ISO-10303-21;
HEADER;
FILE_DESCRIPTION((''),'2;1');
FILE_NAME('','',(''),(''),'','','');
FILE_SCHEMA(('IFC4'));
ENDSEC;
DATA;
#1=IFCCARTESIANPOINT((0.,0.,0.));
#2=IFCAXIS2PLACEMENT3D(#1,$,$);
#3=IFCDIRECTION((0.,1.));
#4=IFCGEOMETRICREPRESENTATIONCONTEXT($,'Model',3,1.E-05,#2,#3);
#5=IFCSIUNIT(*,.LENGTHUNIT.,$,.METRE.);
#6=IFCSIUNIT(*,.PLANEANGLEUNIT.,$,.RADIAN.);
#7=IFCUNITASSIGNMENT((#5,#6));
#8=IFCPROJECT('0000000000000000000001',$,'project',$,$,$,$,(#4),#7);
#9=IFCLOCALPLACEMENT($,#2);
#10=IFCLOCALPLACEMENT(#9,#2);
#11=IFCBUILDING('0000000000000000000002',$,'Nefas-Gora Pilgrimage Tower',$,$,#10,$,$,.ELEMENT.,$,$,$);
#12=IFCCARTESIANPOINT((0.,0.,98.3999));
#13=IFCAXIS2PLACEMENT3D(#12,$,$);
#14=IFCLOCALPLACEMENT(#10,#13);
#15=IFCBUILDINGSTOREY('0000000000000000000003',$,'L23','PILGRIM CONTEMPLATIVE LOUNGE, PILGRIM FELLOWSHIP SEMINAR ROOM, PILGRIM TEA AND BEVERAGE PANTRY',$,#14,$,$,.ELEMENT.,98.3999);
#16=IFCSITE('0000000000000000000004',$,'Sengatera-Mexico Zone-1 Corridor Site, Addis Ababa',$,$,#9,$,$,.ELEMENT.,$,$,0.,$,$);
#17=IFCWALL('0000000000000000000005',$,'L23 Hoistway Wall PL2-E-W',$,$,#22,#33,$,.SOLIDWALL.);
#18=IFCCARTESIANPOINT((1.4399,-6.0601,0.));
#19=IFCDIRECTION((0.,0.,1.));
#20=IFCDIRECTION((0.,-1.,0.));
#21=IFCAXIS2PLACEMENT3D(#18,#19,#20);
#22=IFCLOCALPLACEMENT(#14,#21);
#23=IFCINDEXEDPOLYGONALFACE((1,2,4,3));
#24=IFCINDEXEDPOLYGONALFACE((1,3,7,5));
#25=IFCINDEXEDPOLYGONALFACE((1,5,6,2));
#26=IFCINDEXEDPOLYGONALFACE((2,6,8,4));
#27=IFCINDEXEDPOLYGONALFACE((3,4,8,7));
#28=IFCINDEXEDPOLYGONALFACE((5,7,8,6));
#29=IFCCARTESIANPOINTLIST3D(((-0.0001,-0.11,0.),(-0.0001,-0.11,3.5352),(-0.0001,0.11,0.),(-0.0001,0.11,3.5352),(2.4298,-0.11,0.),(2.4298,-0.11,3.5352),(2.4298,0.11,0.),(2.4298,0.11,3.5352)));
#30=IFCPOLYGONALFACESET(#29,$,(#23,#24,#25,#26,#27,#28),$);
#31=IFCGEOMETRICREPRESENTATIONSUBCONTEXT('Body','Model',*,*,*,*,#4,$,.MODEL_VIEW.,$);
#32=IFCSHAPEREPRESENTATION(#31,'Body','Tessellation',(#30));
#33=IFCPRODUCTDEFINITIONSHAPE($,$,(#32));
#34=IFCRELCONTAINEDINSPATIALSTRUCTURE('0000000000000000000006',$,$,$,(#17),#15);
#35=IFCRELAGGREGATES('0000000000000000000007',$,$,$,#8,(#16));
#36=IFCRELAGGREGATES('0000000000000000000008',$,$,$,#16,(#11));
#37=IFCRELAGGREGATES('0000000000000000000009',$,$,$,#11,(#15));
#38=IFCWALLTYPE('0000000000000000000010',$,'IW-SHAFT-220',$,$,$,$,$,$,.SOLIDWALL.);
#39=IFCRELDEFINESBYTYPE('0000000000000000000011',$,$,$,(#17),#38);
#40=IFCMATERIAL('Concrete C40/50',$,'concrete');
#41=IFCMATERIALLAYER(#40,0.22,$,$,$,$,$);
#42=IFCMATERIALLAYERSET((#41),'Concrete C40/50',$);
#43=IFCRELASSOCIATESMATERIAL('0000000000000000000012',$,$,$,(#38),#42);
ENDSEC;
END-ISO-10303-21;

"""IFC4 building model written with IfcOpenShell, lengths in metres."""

from ifc_helpers import new_model, si_unit, direction, frame, frame_2d, origin, place, context, subcontext, project, spatial, rectangle, extrude, source, transform, mapped, material, layer, layer_set, type_object, element, save


model = new_model("IFC4")

# Units and contexts
model_context = context("Model", 3, precision=1e-05, world=origin(), true_north=direction((0.0, 1.0)))
body_context = subcontext(model_context, "Body", "Model", "MODEL_VIEW")
ifc_project = project(units=[si_unit("LENGTHUNIT", "METRE"), si_unit("PLANEANGLEUNIT", "RADIAN")], contexts=[model_context])

# Site, building, storey
site_placement = place(None, origin())
site = spatial("IfcSite", under=ifc_project, at=site_placement, Name="Sengatera-Mexico Zone-1 Corridor Site, Addis Ababa", CompositionType="ELEMENT", RefElevation=0.0)
building_placement = place(site_placement, origin())
building = spatial("IfcBuilding", under=site, at=building_placement, Name="Nefas-Gora Pilgrimage Tower", CompositionType="ELEMENT")
storey_placement = place(building_placement, frame((0.0, 0.0, 98.3999)))
storey = spatial("IfcBuildingStorey", under=building, at=storey_placement, Name="L23", Description="PILGRIM CONTEMPLATIVE LOUNGE, PILGRIM FELLOWSHIP SEMINAR ROOM, PILGRIM TEA AND BEVERAGE PANTRY", CompositionType="ELEMENT", Elevation=98.3999)

# Shared definitions
ifc_material_1 = material(Name="Concrete C40/50", Category="concrete")
ifc_layer_1 = layer(ifc_material_1, 0.22)
ifc_layer_set_1 = layer_set([ifc_layer_1], Name="Concrete C40/50")
wall_type_1 = type_object("IfcWallType", Name="IW-SHAFT-220", PredefinedType="SOLIDWALL", material=ifc_layer_set_1)

# Wall
shared_shape_1 = source(origin(), body_context, "Body", "SweptSolid", [
    extrude(rectangle(XDim=2.4299, YDim=0.22, at=frame_2d((1.2148, 0.0))), origin(), (0.0, 0.0, 1.0), 3.5352),
])
for number, where, z_axis, x_axis, name in (
    (1, (1.4399, -6.0601, 0.0), (0.0, 0.0, 1.0), (0.0, -1.0, 0.0), "L23 Hoistway Wall PL2-E-W"),
):
    element("IfcWall", number, at=place(storey_placement, frame(where, z_axis=z_axis, x_axis=x_axis)), inside=storey, type_object=wall_type_1, Name=name, PredefinedType="SOLIDWALL", context=body_context, shape_type="MappedRepresentation", body=[
        mapped(shared_shape_1, transform((0.0, 0.0, 0.0), x_axis=(1.0, 0.0, 0.0), y_axis=(0.0, 1.0, 0.0), z_axis=(0.0, 0.0, 1.0), scale=1.0)),
    ])

save(model, "model.ifc")
